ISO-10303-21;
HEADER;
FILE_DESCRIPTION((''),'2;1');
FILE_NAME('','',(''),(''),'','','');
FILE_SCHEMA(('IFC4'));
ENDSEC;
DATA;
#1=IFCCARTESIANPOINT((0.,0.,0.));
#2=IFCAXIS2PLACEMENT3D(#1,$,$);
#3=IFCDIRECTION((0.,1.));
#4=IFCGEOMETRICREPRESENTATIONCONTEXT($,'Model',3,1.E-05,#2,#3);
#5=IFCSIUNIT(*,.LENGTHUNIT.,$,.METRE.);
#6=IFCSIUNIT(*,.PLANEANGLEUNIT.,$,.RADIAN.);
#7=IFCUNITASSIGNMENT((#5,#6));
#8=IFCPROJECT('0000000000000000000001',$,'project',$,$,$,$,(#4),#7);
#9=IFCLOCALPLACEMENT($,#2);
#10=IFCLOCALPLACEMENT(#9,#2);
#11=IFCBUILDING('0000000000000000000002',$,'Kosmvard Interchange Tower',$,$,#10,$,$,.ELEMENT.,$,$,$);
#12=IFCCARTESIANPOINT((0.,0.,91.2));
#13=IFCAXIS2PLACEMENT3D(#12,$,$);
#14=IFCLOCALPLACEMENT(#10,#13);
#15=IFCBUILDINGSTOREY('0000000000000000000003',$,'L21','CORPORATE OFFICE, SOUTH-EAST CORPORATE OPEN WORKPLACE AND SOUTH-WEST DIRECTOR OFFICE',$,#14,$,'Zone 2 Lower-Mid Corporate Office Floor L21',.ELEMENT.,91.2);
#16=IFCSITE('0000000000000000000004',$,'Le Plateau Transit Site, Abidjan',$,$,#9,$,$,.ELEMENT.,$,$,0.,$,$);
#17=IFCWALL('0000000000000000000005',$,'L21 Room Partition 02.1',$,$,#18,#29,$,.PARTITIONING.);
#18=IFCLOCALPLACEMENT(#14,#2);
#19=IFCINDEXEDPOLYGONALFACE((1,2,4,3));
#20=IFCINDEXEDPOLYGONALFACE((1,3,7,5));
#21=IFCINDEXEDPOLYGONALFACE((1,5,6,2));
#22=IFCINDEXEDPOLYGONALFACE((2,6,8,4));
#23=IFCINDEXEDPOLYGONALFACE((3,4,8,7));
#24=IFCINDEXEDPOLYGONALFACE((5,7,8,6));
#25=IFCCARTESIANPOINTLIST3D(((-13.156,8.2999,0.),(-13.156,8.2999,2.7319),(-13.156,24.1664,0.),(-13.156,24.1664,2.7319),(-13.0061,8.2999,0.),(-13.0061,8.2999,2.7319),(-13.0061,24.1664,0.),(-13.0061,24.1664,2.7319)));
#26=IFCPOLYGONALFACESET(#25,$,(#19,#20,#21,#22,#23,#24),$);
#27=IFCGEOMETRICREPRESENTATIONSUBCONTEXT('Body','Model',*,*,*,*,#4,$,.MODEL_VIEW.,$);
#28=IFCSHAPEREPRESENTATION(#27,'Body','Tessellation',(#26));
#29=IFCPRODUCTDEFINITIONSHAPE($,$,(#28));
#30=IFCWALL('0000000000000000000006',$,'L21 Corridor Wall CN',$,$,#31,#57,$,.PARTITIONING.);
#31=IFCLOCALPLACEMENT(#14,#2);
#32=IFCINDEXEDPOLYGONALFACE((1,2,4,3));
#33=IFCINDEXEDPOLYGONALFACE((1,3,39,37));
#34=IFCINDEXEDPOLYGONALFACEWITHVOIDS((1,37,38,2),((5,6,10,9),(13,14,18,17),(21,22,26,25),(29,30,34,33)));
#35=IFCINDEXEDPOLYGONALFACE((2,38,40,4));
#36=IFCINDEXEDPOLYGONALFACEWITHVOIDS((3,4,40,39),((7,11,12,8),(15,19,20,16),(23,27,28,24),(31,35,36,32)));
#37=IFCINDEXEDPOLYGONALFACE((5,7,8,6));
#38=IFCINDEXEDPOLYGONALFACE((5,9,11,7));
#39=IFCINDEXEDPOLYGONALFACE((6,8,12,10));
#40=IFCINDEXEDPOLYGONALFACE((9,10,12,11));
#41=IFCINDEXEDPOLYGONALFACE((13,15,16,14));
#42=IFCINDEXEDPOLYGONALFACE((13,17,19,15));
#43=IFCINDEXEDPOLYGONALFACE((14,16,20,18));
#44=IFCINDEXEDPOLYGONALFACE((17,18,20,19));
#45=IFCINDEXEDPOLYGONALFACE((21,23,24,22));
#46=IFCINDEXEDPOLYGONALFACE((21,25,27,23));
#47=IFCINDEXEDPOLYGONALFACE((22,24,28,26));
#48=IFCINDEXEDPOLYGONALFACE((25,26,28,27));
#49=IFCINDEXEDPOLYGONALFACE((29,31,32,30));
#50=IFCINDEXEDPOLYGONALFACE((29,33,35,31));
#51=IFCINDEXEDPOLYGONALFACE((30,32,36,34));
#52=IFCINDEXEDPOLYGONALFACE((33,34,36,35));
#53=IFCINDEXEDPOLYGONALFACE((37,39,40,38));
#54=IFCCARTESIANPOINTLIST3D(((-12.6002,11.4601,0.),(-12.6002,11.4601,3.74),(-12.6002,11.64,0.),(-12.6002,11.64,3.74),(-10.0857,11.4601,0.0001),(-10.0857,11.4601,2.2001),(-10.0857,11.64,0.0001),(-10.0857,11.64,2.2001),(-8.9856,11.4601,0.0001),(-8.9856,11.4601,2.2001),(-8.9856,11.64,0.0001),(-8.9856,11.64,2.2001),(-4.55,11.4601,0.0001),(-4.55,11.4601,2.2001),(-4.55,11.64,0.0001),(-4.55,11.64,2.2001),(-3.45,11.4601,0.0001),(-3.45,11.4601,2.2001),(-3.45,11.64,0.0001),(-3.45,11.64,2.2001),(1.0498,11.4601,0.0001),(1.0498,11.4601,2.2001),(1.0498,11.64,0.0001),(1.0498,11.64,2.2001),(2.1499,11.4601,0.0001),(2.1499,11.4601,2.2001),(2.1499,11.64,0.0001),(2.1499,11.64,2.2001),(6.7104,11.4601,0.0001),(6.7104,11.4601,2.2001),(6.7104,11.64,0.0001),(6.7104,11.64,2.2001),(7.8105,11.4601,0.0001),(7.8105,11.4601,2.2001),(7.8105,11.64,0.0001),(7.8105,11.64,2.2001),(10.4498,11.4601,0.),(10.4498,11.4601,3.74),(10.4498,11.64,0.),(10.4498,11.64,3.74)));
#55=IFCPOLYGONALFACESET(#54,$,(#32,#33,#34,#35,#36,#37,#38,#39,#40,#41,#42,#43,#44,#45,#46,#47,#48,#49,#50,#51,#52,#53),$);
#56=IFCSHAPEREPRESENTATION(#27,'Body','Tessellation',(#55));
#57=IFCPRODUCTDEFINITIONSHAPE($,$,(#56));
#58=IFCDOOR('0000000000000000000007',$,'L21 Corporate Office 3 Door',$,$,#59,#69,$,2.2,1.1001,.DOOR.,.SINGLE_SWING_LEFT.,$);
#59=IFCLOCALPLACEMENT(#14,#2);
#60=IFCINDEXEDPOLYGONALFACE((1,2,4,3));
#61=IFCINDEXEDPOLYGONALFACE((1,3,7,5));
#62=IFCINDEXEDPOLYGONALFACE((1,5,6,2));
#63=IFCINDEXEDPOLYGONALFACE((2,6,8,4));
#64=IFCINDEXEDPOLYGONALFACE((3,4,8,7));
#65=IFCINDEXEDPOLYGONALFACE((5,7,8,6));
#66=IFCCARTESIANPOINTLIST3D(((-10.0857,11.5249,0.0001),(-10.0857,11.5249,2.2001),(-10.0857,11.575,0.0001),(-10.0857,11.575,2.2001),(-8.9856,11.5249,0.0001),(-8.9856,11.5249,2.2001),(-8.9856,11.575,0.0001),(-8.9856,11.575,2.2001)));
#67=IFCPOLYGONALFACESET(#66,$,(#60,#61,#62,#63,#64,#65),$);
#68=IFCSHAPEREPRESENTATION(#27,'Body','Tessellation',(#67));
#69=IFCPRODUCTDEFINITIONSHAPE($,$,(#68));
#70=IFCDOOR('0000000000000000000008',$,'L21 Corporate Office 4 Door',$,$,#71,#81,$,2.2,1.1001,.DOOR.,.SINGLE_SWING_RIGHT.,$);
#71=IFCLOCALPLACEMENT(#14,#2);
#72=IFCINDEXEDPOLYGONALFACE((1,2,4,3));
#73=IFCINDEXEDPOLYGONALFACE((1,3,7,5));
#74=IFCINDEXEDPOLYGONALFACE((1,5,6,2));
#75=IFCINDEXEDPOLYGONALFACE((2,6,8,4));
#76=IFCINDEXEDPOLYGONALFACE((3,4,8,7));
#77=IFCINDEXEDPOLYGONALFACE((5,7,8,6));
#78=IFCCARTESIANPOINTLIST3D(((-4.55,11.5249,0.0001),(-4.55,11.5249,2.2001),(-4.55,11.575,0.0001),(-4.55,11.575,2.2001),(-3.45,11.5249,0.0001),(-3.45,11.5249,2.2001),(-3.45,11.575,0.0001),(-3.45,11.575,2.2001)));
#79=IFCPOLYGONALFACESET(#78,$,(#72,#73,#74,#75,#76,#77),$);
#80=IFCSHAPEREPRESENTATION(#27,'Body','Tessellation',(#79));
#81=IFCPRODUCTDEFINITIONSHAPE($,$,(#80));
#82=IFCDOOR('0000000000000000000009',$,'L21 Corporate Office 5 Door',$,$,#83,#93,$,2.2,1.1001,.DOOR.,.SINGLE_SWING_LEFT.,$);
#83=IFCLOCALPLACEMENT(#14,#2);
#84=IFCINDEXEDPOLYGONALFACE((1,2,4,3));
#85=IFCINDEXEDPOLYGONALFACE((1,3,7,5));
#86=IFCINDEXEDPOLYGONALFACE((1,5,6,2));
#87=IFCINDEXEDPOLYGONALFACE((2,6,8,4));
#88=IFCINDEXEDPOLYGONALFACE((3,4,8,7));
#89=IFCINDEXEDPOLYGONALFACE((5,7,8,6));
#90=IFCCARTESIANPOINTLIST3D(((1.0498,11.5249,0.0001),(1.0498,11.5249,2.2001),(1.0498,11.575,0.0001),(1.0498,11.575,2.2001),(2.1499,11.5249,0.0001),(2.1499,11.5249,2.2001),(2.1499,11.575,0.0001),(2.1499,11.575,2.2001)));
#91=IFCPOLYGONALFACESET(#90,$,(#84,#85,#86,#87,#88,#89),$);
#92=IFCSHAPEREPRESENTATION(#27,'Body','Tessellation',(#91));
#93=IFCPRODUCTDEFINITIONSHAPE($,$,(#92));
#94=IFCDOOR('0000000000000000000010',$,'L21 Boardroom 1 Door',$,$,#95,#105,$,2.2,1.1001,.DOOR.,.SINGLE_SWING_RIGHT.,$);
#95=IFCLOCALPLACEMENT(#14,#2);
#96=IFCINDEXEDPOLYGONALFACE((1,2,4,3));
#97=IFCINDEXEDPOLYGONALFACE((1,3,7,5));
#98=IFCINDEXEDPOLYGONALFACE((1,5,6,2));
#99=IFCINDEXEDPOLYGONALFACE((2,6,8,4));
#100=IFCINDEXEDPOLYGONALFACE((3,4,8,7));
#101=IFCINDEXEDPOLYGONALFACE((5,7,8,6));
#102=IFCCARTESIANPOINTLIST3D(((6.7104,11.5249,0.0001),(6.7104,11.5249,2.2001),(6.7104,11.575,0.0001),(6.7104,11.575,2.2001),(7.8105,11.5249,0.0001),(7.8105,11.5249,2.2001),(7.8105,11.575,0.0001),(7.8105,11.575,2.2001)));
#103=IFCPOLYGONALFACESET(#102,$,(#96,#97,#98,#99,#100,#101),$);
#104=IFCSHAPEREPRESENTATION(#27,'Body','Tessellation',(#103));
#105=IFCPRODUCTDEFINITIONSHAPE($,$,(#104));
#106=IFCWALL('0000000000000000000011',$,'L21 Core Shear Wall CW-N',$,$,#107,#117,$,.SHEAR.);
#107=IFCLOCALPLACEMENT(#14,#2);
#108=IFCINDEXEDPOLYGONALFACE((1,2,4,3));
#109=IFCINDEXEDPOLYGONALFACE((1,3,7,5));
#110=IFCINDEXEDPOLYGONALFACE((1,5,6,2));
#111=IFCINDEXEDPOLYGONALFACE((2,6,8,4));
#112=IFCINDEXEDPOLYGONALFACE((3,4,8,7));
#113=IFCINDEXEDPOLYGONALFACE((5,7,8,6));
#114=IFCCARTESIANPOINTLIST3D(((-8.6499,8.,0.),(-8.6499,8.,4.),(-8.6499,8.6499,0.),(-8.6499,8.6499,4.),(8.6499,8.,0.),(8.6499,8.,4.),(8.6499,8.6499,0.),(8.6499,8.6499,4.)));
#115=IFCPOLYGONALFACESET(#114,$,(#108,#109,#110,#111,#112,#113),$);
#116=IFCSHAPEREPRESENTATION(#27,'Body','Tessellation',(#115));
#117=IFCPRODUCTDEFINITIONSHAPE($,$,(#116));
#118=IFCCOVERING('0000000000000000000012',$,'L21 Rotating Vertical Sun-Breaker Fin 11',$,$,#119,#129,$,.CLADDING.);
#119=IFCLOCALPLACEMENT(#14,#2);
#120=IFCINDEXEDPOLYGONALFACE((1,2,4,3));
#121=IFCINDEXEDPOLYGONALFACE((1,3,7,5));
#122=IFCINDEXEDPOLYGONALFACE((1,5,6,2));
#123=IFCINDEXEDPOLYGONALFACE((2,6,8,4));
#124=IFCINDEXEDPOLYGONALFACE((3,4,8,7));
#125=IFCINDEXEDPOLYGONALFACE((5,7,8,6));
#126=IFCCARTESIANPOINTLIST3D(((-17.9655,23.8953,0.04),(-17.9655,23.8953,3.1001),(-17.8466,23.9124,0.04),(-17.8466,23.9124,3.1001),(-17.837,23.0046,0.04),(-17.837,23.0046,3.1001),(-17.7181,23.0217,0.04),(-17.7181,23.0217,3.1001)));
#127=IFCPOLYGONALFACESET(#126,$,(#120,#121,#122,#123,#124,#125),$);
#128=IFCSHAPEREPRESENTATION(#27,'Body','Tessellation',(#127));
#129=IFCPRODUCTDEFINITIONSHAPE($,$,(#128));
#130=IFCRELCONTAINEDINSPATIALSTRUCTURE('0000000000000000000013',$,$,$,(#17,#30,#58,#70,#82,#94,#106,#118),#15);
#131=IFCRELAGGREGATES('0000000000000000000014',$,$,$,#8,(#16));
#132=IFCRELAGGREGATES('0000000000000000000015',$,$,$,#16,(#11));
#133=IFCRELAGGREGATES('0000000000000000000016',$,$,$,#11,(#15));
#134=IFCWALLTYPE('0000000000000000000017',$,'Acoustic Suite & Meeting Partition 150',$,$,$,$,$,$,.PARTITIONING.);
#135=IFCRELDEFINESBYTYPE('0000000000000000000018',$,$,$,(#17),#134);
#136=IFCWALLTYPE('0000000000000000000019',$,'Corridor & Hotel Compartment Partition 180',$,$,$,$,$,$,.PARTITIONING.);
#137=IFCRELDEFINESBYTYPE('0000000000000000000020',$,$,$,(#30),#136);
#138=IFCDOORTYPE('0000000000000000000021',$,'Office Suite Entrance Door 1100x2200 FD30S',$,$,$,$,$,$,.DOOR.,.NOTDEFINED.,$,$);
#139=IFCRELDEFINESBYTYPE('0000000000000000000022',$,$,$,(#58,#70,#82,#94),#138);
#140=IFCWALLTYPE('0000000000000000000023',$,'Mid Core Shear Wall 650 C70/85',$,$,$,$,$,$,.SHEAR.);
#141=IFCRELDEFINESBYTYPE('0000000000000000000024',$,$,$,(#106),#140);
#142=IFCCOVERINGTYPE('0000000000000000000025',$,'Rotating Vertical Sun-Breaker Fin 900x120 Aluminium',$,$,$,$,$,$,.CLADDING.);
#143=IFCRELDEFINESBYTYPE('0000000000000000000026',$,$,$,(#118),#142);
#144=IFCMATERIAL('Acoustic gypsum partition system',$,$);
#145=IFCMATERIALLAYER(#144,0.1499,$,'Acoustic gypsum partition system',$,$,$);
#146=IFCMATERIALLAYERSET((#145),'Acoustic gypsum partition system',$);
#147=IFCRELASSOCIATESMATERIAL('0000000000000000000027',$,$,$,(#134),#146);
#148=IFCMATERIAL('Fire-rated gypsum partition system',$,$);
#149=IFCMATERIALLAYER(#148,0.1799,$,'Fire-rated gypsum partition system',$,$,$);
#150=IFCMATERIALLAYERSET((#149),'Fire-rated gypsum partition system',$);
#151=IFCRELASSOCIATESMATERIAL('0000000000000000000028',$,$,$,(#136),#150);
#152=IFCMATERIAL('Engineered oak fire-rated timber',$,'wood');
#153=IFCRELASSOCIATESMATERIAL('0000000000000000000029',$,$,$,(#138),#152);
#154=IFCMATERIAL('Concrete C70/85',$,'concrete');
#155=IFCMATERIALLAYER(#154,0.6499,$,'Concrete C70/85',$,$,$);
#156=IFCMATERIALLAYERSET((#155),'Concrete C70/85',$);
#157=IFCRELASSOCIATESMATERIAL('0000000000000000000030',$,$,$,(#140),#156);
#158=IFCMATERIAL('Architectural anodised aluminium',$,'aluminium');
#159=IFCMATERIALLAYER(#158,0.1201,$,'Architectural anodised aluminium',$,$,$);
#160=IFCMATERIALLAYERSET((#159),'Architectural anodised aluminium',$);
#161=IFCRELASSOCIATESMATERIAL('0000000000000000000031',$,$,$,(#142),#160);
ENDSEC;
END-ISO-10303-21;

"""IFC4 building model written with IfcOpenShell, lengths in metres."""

from ifc_helpers import new_model, si_unit, direction, frame, frame_2d, origin, origin_2d, place, context, subcontext, project, spatial, rectangle, extrude, source, transform, mapped, material, layer, layer_set, type_object, element, fill, save


model = new_model("IFC4")

# Units and contexts
model_context = context("Model", 3, precision=1e-05, world=origin(), true_north=direction((0.0, 1.0)))
body_context = subcontext(model_context, "Body", "Model", "MODEL_VIEW")
ifc_project = project(units=[si_unit("LENGTHUNIT", "METRE"), si_unit("PLANEANGLEUNIT", "RADIAN")], contexts=[model_context])

# Site, building, storey
site_placement = place(None, origin())
site = spatial("IfcSite", under=ifc_project, at=site_placement, Name="Le Plateau Transit Site, Abidjan", CompositionType="ELEMENT", RefElevation=0.0)
building_placement = place(site_placement, origin())
building = spatial("IfcBuilding", under=site, at=building_placement, Name="Kosmvard Interchange Tower", CompositionType="ELEMENT")
storey_placement = place(building_placement, frame((0.0, 0.0, 91.2)))
storey = spatial("IfcBuildingStorey", under=building, at=storey_placement, Name="L21", Description="CORPORATE OFFICE, SOUTH-EAST CORPORATE OPEN WORKPLACE AND SOUTH-WEST DIRECTOR OFFICE", LongName="Zone 2 Lower-Mid Corporate Office Floor L21", CompositionType="ELEMENT", Elevation=91.2)

# Shared definitions
ifc_material_1 = material(Name="Concrete C70/85", Category="concrete")

# Wall
ifc_material_2 = material(Name="Acoustic gypsum partition system")
ifc_layer_1 = layer(ifc_material_2, 0.1499, Name="Acoustic gypsum partition system")
ifc_layer_set_1 = layer_set([ifc_layer_1], Name="Acoustic gypsum partition system")
wall_type_1 = type_object("IfcWallType", Name="Acoustic Suite & Meeting Partition 150", PredefinedType="PARTITIONING", material=ifc_layer_set_1)
wall_1_placement = place(storey_placement, frame((-13.0811, 8.3, 0.0), z_axis=(0.0, 0.0, 1.0), x_axis=(0.0, 1.0, 0.0)))
element("IfcWall", 1, at=wall_1_placement, inside=storey, type_object=wall_type_1, Name="L21 Room Partition 02.1", PredefinedType="PARTITIONING", context=body_context, shape_type="SweptSolid", body=[
    extrude(rectangle(XDim=15.8665, YDim=0.1499, at=frame_2d((7.9331, 0.0))), origin(), (0.0, 0.0, 1.0), 2.7319),
])

# Wall, openings, doors
ifc_material_3 = material(Name="Fire-rated gypsum partition system")
ifc_layer_2 = layer(ifc_material_3, 0.1799, Name="Fire-rated gypsum partition system")
ifc_layer_set_2 = layer_set([ifc_layer_2], Name="Fire-rated gypsum partition system")
wall_type_2 = type_object("IfcWallType", Name="Corridor & Hotel Compartment Partition 180", PredefinedType="PARTITIONING", material=ifc_layer_set_2)
wall_2_placement = place(storey_placement, frame((-12.6001, 11.55, 0.0), z_axis=(0.0, 0.0, 1.0), x_axis=(1.0, 0.0, 0.0)))
wall_2 = element("IfcWall", 2, at=wall_2_placement, inside=storey, type_object=wall_type_2, Name="L21 Corridor Wall CN", PredefinedType="PARTITIONING", context=body_context, shape_type="SweptSolid", body=[
    extrude(rectangle(XDim=23.05, YDim=0.1799, at=frame_2d((11.5249, 0.0))), origin(), (0.0, 0.0, 1.0), 3.74),
])
opening_1_placement = place(wall_2_placement, frame((2.5144, 0.0, 0.0)))
opening_1 = element("IfcOpeningElement", 3, at=opening_1_placement, cuts=wall_2, PredefinedType="OPENING", context=body_context, shape_type="SweptSolid", body=[
    extrude(rectangle(XDim=1.1001, YDim=2.2, at=frame_2d((0.55, 1.1001))), frame((0.0, 0.1001, 0.0), z_axis=(0.0, -1.0, 0.0), x_axis=(1.0, 0.0, 0.0)), (0.0, 0.0, 1.0), 0.2),
])
opening_2_placement = place(wall_2_placement, frame((8.05, 0.0, 0.0)))
opening_2 = element("IfcOpeningElement", 4, at=opening_2_placement, cuts=wall_2, PredefinedType="OPENING", context=body_context, shape_type="SweptSolid", body=[
    extrude(rectangle(XDim=1.1001, YDim=2.2, at=frame_2d((0.55, 1.1001))), frame((0.0, 0.1001, 0.0), z_axis=(0.0, -1.0, 0.0), x_axis=(1.0, 0.0, 0.0)), (0.0, 0.0, 1.0), 0.2),
])
opening_3_placement = place(wall_2_placement, frame((13.6499, 0.0, 0.0)))
opening_3 = element("IfcOpeningElement", 5, at=opening_3_placement, cuts=wall_2, PredefinedType="OPENING", context=body_context, shape_type="SweptSolid", body=[
    extrude(rectangle(XDim=1.1001, YDim=2.2, at=frame_2d((0.55, 1.1001))), frame((0.0, 0.1001, 0.0), z_axis=(0.0, -1.0, 0.0), x_axis=(1.0, 0.0, 0.0)), (0.0, 0.0, 1.0), 0.2),
])
opening_4_placement = place(wall_2_placement, frame((19.3105, 0.0, 0.0)))
opening_4 = element("IfcOpeningElement", 6, at=opening_4_placement, cuts=wall_2, PredefinedType="OPENING", context=body_context, shape_type="SweptSolid", body=[
    extrude(rectangle(XDim=1.1001, YDim=2.2, at=frame_2d((0.55, 1.1001))), frame((0.0, 0.1001, 0.0), z_axis=(0.0, -1.0, 0.0), x_axis=(1.0, 0.0, 0.0)), (0.0, 0.0, 1.0), 0.2),
])
ifc_material_4 = material(Name="Engineered oak fire-rated timber", Category="wood")
door_type = type_object("IfcDoorType", Name="Office Suite Entrance Door 1100x2200 FD30S", OperationType="NOTDEFINED", PredefinedType="DOOR", material=ifc_material_4)
shared_shape_1 = source(origin(), body_context, "Body", "SweptSolid", [
    extrude(rectangle(XDim=1.1001, YDim=2.2, at=frame_2d((0.55, 1.1001))), frame((0.0, 0.0249, 0.0), z_axis=(0.0, -1.0, 0.0), x_axis=(1.0, 0.0, 0.0)), (0.0, 0.0, 1.0), 0.05),
])
door_1_placement = place(opening_1_placement, origin())
door_1 = element("IfcDoor", 7, at=door_1_placement, inside=storey, type_object=door_type, Name="L21 Corporate Office 3 Door", OperationType="SINGLE_SWING_LEFT", OverallHeight=2.2, OverallWidth=1.1001, PredefinedType="DOOR", context=body_context, shape_type="MappedRepresentation", body=[
    mapped(shared_shape_1, transform((0.0, 0.0, 0.0), scale=1.0)),
])
fill(opening_1, door_1)
door_2_placement = place(opening_2_placement, origin())
door_2 = element("IfcDoor", 8, at=door_2_placement, inside=storey, type_object=door_type, Name="L21 Corporate Office 4 Door", OperationType="SINGLE_SWING_RIGHT", OverallHeight=2.2, OverallWidth=1.1001, PredefinedType="DOOR", context=body_context, shape_type="MappedRepresentation", body=[
    mapped(shared_shape_1, transform((0.0, 0.0, 0.0), scale=1.0)),
])
fill(opening_2, door_2)
door_3_placement = place(opening_3_placement, origin())
door_3 = element("IfcDoor", 9, at=door_3_placement, inside=storey, type_object=door_type, Name="L21 Corporate Office 5 Door", OperationType="SINGLE_SWING_LEFT", OverallHeight=2.2, OverallWidth=1.1001, PredefinedType="DOOR", context=body_context, shape_type="MappedRepresentation", body=[
    mapped(shared_shape_1, transform((0.0, 0.0, 0.0), scale=1.0)),
])
fill(opening_3, door_3)
door_4_placement = place(opening_4_placement, origin())
door_4 = element("IfcDoor", 10, at=door_4_placement, inside=storey, type_object=door_type, Name="L21 Boardroom 1 Door", OperationType="SINGLE_SWING_RIGHT", OverallHeight=2.2, OverallWidth=1.1001, PredefinedType="DOOR", context=body_context, shape_type="MappedRepresentation", body=[
    mapped(shared_shape_1, transform((0.0, 0.0, 0.0), scale=1.0)),
])
fill(opening_4, door_4)

# Wall
ifc_layer_3 = layer(ifc_material_1, 0.6499, Name="Concrete C70/85")
ifc_layer_set_3 = layer_set([ifc_layer_3], Name="Concrete C70/85")
wall_type_3 = type_object("IfcWallType", Name="Mid Core Shear Wall 650 C70/85", PredefinedType="SHEAR", material=ifc_layer_set_3)
wall_3_placement = place(storey_placement, frame((-8.6499, 8.325, 0.0), z_axis=(0.0, 0.0, 1.0), x_axis=(1.0, 0.0, 0.0)))
element("IfcWall", 11, at=wall_3_placement, inside=storey, type_object=wall_type_3, Name="L21 Core Shear Wall CW-N", PredefinedType="SHEAR", context=body_context, shape_type="SweptSolid", body=[
    extrude(rectangle(XDim=17.2998, YDim=0.6499, at=frame_2d((8.6499, 0.0))), origin(), (0.0, 0.0, 1.0), 4.0),
])

# Covering
ifc_material_5 = material(Name="Architectural anodised aluminium", Category="aluminium")
ifc_layer_4 = layer(ifc_material_5, 0.1201, Name="Architectural anodised aluminium")
ifc_layer_set_4 = layer_set([ifc_layer_4], Name="Architectural anodised aluminium")
covering_type = type_object("IfcCoveringType", Name="Rotating Vertical Sun-Breaker Fin 900x120 Aluminium", PredefinedType="CLADDING", material=ifc_layer_set_4)
shared_shape_2 = source(origin(), body_context, "Body", "SweptSolid", [
    extrude(rectangle(XDim=0.8999, YDim=0.1201, at=origin_2d()), origin(), (0.0, 0.0, 1.0), 3.0601),
])
covering_placement = place(storey_placement, frame((-17.8418, 23.4585, 0.04), z_axis=(0.0, 0.0, 1.0), x_axis=(-0.142802, 0.989751, 0.0)))
element("IfcCovering", 12, at=covering_placement, inside=storey, type_object=covering_type, Name="L21 Rotating Vertical Sun-Breaker Fin 11", PredefinedType="CLADDING", context=body_context, shape_type="MappedRepresentation", body=[
    mapped(shared_shape_2, transform((0.0, 0.0, 0.0), scale=1.0)),
])

save(model, "model.ifc")
